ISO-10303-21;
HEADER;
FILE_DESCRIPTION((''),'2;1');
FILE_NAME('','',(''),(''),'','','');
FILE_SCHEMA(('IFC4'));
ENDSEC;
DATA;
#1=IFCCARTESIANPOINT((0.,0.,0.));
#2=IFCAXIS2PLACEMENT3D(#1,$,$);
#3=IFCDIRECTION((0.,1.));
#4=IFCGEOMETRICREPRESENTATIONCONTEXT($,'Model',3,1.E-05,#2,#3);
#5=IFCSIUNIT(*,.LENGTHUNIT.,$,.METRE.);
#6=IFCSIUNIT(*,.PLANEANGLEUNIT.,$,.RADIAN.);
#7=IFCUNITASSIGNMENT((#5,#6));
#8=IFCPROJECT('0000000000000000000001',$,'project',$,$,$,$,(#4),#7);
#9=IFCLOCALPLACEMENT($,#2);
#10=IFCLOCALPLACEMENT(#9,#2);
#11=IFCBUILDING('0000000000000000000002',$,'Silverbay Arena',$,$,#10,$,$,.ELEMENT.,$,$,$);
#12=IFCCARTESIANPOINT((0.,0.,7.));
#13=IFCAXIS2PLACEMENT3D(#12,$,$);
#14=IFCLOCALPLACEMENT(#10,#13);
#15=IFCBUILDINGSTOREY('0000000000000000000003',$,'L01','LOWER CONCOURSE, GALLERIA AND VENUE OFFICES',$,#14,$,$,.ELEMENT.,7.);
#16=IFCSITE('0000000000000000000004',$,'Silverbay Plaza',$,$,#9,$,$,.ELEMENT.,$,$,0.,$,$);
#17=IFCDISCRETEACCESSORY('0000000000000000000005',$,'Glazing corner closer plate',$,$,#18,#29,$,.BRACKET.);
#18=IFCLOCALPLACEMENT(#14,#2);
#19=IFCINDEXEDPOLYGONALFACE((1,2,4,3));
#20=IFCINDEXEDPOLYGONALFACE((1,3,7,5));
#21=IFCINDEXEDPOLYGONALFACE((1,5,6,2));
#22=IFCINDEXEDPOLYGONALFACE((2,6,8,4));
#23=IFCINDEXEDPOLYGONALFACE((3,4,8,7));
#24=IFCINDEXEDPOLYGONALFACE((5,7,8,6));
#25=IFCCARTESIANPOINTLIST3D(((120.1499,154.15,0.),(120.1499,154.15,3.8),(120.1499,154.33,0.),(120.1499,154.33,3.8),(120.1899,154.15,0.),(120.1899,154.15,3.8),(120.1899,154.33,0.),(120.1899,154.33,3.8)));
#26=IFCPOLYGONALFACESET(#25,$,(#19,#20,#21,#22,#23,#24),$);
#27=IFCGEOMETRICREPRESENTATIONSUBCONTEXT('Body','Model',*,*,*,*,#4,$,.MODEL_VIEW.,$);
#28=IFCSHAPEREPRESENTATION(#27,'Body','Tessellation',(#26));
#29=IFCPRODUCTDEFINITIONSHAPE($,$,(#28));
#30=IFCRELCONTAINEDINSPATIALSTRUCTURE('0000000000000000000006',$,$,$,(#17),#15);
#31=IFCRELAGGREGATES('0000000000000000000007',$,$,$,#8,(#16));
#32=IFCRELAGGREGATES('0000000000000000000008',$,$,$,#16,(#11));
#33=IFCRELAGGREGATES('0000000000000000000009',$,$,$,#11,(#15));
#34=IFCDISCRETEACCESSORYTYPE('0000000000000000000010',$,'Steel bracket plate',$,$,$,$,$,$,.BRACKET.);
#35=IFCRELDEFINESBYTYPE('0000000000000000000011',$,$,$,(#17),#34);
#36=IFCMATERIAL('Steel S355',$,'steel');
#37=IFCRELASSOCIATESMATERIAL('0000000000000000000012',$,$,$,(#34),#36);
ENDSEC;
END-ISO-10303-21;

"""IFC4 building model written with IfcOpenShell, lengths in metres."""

from ifc_helpers import new_model, si_unit, direction, frame, origin, origin_2d, place, context, subcontext, project, spatial, rectangle, extrude, material, type_object, element, save


model = new_model("IFC4")

# Units and contexts
model_context = context("Model", 3, precision=1e-05, world=origin(), true_north=direction((0.0, 1.0)))
body_context = subcontext(model_context, "Body", "Model", "MODEL_VIEW")
ifc_project = project(units=[si_unit("LENGTHUNIT", "METRE"), si_unit("PLANEANGLEUNIT", "RADIAN")], contexts=[model_context])

# Site, building, storey
site_placement = place(None, origin())
site = spatial("IfcSite", under=ifc_project, at=site_placement, Name="Silverbay Plaza", CompositionType="ELEMENT", RefElevation=0.0)
building_placement = place(site_placement, origin())
building = spatial("IfcBuilding", under=site, at=building_placement, Name="Silverbay Arena", CompositionType="ELEMENT")
storey_placement = place(building_placement, frame((0.0, 0.0, 7.0)))
storey = spatial("IfcBuildingStorey", under=building, at=storey_placement, Name="L01", Description="LOWER CONCOURSE, GALLERIA AND VENUE OFFICES", CompositionType="ELEMENT", Elevation=7.0)

# Discrete accessory
ifc_material_1 = material(Name="Steel S355", Category="steel")
discrete_accessory_type = type_object("IfcDiscreteAccessoryType", Name="Steel bracket plate", PredefinedType="BRACKET", material=ifc_material_1)
discrete_accessory_placement = place(storey_placement, frame((120.1699, 154.24, 0.0), z_axis=(0.0, 0.0, 1.0), x_axis=(1.0, 0.0, 0.0)))
element("IfcDiscreteAccessory", 1, at=discrete_accessory_placement, inside=storey, type_object=discrete_accessory_type, Name="Glazing corner closer plate", PredefinedType="BRACKET", context=body_context, shape_type="SweptSolid", body=[
    extrude(rectangle(XDim=0.04, YDim=0.1799, at=origin_2d()), origin(), (0.0, 0.0, 1.0), 3.8),
])

save(model, "model.ifc")
